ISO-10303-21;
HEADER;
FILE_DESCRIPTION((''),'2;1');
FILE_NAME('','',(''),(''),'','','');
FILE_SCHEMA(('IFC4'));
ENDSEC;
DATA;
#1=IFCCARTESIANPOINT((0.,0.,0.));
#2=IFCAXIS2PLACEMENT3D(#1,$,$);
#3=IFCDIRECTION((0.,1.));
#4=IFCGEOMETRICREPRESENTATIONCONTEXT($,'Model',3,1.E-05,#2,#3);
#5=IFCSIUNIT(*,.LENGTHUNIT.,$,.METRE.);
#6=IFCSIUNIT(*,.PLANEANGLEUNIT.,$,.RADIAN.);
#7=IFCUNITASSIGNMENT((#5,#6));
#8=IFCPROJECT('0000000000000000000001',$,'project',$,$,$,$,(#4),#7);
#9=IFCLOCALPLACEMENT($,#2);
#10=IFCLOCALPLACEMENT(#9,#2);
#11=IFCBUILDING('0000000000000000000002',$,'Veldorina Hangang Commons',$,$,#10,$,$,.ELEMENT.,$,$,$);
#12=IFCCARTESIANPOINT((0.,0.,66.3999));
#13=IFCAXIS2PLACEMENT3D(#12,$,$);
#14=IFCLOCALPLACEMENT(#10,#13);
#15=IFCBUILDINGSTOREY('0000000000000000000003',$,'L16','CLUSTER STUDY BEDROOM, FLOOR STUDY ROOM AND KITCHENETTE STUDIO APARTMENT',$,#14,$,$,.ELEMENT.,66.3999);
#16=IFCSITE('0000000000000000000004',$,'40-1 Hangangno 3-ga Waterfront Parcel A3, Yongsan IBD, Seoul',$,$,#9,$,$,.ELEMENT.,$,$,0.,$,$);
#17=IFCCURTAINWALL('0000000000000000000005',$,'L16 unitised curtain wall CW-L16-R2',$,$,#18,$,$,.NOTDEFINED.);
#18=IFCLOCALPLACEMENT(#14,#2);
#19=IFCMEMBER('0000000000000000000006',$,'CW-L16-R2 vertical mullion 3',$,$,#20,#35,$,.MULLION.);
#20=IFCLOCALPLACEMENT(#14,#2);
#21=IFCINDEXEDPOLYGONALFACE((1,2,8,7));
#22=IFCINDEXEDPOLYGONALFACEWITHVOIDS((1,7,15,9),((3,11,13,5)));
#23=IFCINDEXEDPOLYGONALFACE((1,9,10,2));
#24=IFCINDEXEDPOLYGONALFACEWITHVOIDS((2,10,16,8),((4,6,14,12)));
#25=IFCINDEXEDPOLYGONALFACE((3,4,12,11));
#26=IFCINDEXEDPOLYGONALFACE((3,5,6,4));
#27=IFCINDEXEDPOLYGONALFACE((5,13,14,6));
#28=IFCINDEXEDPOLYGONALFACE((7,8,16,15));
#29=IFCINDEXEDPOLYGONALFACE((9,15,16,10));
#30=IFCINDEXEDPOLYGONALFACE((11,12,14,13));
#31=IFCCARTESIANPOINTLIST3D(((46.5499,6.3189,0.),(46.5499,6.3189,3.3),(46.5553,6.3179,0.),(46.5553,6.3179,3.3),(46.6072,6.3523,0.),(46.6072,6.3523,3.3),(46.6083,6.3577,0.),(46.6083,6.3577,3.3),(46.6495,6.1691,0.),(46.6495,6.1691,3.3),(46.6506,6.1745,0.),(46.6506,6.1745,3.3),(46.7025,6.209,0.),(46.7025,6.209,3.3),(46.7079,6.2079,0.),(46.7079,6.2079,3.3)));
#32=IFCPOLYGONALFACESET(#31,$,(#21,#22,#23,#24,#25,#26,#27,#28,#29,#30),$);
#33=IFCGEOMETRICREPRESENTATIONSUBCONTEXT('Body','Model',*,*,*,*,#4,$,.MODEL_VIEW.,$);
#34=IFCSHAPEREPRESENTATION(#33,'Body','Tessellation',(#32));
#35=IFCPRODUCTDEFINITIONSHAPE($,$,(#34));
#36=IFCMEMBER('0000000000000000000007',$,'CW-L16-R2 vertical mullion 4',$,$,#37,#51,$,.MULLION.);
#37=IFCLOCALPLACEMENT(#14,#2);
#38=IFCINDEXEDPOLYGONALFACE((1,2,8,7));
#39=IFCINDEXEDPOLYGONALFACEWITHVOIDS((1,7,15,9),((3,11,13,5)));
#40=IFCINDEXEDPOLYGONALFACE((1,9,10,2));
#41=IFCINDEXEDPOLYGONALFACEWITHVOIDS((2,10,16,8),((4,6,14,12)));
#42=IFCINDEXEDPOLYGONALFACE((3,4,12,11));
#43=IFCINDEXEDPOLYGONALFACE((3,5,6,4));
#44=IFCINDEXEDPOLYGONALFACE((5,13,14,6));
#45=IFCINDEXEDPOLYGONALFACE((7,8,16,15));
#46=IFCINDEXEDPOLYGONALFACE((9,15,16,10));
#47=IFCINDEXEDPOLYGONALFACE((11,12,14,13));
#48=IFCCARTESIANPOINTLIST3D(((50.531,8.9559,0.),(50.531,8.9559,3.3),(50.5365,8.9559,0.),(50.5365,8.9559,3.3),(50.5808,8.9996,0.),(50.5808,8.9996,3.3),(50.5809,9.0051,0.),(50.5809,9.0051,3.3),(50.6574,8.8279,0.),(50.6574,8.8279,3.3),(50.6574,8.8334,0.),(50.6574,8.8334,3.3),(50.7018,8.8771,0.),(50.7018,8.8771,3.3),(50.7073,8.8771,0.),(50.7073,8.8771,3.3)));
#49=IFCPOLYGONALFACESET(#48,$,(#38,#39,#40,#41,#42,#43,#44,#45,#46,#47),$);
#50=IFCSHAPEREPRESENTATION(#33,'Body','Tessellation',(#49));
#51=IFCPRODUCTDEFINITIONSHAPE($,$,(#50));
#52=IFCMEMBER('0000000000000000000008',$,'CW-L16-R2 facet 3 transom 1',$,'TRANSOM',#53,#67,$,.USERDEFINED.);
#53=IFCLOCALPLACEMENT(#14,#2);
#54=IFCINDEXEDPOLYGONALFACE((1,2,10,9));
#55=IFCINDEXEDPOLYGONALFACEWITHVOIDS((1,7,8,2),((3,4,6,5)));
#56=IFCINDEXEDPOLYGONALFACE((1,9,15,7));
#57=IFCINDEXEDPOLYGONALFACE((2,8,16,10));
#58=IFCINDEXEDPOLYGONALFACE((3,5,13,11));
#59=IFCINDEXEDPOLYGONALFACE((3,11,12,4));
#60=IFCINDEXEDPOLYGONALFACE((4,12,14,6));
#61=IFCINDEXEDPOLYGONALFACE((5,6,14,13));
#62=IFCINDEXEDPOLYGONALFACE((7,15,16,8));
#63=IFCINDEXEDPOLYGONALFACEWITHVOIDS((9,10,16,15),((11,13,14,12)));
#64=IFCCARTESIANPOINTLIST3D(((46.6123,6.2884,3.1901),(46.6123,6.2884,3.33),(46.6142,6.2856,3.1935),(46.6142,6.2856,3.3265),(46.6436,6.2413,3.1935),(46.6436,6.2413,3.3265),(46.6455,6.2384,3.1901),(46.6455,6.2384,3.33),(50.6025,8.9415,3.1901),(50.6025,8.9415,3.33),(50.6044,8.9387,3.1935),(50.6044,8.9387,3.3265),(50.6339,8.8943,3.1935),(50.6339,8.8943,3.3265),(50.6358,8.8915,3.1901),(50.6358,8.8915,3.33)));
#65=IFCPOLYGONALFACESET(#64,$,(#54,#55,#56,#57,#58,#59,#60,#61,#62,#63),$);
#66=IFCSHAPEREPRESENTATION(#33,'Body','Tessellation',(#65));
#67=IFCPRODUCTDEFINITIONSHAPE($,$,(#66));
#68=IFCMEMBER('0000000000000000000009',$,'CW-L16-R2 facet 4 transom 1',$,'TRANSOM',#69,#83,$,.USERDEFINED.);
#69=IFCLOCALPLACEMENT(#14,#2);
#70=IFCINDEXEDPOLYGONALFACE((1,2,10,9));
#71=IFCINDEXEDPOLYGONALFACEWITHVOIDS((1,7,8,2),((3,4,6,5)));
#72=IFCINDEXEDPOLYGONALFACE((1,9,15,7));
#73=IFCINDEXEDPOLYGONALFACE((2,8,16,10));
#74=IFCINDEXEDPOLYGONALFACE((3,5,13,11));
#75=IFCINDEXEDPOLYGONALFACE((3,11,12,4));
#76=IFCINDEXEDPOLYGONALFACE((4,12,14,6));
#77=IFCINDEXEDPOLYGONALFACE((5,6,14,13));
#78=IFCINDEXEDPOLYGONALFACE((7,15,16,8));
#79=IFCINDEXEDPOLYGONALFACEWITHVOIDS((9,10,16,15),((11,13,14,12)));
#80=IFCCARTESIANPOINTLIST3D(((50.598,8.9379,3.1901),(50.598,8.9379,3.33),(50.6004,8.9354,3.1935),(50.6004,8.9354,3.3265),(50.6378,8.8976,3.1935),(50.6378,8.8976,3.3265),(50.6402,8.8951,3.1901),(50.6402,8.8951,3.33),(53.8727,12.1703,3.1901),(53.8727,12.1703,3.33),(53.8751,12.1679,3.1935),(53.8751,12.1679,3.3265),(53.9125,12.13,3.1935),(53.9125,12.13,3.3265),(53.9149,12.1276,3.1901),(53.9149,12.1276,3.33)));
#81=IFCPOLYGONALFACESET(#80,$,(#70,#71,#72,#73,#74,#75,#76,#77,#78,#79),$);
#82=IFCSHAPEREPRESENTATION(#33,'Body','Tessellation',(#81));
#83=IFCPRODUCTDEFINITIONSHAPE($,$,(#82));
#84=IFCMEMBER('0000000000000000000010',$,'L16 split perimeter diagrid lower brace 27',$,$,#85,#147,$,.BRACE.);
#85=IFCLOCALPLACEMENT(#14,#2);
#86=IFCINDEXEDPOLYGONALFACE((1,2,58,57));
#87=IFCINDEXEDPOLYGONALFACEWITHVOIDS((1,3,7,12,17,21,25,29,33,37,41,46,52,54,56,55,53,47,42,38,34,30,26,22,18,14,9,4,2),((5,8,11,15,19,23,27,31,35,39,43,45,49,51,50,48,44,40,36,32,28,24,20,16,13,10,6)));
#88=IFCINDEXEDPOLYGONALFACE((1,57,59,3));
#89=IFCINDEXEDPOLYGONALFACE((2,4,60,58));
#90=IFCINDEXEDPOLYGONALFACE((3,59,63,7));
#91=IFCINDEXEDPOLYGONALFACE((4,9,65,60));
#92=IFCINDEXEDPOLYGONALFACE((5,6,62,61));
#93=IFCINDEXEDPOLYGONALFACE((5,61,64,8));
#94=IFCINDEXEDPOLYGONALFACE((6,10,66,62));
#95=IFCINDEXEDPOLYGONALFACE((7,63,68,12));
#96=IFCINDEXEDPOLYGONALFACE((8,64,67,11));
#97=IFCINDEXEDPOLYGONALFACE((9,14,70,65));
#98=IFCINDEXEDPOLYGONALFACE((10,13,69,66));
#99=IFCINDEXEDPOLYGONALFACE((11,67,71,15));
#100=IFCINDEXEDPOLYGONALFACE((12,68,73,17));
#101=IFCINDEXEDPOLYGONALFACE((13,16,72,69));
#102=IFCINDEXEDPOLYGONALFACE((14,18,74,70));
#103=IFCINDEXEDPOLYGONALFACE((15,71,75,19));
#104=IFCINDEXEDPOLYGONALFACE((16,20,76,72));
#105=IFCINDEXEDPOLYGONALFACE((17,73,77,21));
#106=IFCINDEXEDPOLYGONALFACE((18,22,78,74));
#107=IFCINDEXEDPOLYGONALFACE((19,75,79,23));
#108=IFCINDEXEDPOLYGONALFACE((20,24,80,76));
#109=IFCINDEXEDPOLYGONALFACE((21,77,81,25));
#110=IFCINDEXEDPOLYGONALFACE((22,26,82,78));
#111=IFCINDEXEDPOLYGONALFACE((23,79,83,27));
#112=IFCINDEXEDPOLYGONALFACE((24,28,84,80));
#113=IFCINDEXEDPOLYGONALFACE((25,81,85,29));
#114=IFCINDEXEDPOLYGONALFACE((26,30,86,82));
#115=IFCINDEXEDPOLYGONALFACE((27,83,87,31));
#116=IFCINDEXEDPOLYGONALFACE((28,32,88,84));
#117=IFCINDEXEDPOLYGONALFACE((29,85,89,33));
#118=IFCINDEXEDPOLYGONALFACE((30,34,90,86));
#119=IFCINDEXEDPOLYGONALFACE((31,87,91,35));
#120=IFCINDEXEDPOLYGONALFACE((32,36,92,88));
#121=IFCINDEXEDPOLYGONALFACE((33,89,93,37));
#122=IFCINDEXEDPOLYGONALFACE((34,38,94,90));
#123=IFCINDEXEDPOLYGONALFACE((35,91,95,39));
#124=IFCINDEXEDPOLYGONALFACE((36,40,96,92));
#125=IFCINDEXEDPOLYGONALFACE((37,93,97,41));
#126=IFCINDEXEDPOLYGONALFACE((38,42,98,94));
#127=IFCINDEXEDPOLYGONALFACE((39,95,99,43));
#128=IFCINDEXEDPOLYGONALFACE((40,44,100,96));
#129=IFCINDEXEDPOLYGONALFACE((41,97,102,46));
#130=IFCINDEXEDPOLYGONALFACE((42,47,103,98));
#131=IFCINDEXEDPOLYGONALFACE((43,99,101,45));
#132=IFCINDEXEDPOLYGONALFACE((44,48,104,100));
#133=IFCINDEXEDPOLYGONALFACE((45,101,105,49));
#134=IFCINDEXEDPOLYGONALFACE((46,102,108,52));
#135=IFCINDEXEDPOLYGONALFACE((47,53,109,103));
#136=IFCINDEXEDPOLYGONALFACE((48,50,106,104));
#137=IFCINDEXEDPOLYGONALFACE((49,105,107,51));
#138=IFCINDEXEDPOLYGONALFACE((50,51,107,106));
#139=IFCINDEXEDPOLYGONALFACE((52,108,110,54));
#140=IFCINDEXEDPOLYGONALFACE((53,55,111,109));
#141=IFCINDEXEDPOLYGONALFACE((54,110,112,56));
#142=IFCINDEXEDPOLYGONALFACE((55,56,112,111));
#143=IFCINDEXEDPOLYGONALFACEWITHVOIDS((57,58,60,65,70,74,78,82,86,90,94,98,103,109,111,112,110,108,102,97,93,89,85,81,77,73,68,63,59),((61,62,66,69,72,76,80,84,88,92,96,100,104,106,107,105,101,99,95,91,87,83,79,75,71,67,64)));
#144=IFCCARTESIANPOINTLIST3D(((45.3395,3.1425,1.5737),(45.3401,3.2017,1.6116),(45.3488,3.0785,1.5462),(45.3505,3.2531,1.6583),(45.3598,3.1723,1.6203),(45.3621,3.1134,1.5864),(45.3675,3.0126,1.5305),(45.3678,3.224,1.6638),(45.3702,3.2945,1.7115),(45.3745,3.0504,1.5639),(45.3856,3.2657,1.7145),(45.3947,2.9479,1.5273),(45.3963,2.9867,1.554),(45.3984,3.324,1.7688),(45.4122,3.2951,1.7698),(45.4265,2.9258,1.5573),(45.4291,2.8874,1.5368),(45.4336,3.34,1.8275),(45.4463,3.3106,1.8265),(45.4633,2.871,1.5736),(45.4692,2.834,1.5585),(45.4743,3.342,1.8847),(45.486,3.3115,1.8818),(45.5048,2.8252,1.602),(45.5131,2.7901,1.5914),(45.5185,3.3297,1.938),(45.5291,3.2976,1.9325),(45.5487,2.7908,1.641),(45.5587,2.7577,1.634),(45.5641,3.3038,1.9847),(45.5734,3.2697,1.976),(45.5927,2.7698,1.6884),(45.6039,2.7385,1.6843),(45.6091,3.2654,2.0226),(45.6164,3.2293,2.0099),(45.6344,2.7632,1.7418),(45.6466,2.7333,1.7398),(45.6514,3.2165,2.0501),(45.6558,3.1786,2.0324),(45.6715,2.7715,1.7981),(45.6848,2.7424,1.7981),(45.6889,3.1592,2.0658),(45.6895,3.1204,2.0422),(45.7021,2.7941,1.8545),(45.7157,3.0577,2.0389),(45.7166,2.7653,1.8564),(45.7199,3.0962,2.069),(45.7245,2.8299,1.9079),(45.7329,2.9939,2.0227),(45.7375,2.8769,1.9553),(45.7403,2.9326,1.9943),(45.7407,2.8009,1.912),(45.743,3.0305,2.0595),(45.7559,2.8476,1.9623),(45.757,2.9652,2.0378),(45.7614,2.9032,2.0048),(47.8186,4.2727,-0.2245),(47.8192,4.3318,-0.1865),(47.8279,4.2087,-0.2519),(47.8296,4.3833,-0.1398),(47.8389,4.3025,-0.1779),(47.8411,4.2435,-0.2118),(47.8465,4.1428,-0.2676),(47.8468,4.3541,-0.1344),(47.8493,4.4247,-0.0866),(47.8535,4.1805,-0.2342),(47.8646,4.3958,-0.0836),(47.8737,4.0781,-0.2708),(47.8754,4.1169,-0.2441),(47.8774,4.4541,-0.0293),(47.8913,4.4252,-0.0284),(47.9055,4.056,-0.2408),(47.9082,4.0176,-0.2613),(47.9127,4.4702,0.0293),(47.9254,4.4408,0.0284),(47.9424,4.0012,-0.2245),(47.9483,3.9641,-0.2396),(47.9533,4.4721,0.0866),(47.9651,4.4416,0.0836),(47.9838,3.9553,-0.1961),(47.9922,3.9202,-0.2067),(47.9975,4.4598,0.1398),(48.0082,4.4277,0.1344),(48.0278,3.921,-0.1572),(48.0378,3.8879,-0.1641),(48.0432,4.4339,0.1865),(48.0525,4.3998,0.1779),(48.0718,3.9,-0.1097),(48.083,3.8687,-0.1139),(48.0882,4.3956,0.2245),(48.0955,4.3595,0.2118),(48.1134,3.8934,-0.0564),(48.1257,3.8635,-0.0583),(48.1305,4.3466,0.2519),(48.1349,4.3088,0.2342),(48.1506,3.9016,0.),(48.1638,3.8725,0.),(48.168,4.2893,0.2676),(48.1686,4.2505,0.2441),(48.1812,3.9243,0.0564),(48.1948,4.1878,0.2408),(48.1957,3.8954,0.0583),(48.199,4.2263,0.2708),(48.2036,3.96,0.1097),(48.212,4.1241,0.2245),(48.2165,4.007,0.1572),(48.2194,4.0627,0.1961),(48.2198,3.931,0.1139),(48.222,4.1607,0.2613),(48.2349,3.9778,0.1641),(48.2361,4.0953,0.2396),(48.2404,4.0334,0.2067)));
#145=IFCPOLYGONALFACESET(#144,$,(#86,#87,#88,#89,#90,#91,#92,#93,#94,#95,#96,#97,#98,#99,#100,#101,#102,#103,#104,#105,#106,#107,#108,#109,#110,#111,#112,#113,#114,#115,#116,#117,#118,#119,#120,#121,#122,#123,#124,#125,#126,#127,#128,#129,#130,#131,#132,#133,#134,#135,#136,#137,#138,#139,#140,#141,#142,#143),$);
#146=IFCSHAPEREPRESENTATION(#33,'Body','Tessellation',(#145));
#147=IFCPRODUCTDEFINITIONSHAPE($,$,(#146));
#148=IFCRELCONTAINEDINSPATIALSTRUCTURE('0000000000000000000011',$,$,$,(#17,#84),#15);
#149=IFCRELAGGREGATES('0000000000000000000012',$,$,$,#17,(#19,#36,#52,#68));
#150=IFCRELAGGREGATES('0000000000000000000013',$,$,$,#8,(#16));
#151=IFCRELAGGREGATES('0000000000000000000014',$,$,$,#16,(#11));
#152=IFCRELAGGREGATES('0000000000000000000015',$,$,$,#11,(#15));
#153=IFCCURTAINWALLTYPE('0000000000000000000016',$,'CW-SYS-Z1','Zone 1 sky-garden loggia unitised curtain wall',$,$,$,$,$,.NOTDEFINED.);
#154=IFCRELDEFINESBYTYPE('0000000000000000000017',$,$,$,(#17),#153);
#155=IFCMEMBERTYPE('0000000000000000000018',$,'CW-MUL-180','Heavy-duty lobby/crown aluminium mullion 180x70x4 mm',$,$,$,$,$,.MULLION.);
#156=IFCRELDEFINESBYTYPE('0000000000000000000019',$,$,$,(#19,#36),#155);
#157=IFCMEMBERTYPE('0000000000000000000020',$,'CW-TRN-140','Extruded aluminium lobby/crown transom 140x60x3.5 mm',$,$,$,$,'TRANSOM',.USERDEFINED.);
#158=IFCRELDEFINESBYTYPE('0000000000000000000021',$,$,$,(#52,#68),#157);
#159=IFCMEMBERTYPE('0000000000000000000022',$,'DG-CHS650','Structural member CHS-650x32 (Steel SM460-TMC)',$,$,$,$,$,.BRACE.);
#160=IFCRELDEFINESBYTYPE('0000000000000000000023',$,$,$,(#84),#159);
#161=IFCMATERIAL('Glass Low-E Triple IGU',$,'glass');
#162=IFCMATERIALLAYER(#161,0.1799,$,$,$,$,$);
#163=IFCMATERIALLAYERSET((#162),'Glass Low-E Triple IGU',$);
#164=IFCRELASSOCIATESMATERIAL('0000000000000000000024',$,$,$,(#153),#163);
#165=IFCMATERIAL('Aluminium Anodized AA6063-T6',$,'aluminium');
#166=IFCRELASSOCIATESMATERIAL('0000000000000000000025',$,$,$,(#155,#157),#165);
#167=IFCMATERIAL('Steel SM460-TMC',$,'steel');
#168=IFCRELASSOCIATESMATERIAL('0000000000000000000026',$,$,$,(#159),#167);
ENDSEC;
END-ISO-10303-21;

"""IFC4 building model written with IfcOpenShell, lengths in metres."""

from ifc_helpers import new_model, si_unit, direction, frame, origin, origin_2d, place, context, subcontext, project, spatial, hollow_rectangle, hollow_circle, extrude, material, layer, layer_set, material_profile, profile_set, type_object, element, aggregate, save


model = new_model("IFC4")

# Units and contexts
model_context = context("Model", 3, precision=1e-05, world=origin(), true_north=direction((0.0, 1.0)))
body_context = subcontext(model_context, "Body", "Model", "MODEL_VIEW")
ifc_project = project(units=[si_unit("LENGTHUNIT", "METRE"), si_unit("PLANEANGLEUNIT", "RADIAN")], contexts=[model_context])

# Site, building, storey
site_placement = place(None, origin())
site = spatial("IfcSite", under=ifc_project, at=site_placement, Name="40-1 Hangangno 3-ga Waterfront Parcel A3, Yongsan IBD, Seoul", CompositionType="ELEMENT", RefElevation=0.0)
building_placement = place(site_placement, origin())
building = spatial("IfcBuilding", under=site, at=building_placement, Name="Veldorina Hangang Commons", CompositionType="ELEMENT")
storey_placement = place(building_placement, frame((0.0, 0.0, 66.3999)))
storey = spatial("IfcBuildingStorey", under=building, at=storey_placement, Name="L16", Description="CLUSTER STUDY BEDROOM, FLOOR STUDY ROOM AND KITCHENETTE STUDIO APARTMENT", CompositionType="ELEMENT", Elevation=66.3999)

# Curtain wall, members
ifc_material_1 = material(Name="Glass Low-E Triple IGU", Category="glass")
ifc_layer_1 = layer(ifc_material_1, 0.1799)
ifc_layer_set_1 = layer_set([ifc_layer_1], Name="Glass Low-E Triple IGU")
curtain_wall_type = type_object("IfcCurtainWallType", Name="CW-SYS-Z1", Description="Zone 1 sky-garden loggia unitised curtain wall", PredefinedType="NOTDEFINED", material=ifc_layer_set_1)
curtain_wall_placement = place(storey_placement, origin())
curtain_wall = element("IfcCurtainWall", 1, at=curtain_wall_placement, inside=storey, type_object=curtain_wall_type, Name="L16 unitised curtain wall CW-L16-R2", PredefinedType="NOTDEFINED")
ifc_material_2 = material(Name="Aluminium Anodized AA6063-T6", Category="aluminium")
ifc_material_profile_1 = material_profile(ifc_material_2, hollow_rectangle(XDim=0.0701, YDim=0.1799, WallThickness=0.0039, at=origin_2d()), Name="ALU-RHS-180x70x4")
ifc_profile_set_1 = profile_set([ifc_material_profile_1], Name="Aluminium Anodized AA6063-T6")
member_type_1 = type_object("IfcMemberType", Name="CW-MUL-180", Description="Heavy-duty lobby/crown aluminium mullion 180x70x4 mm", PredefinedType="MULLION", material=ifc_profile_set_1)
member_1_placement = place(storey_placement, frame((46.6289, 6.2634, 0.0), z_axis=(0.0, 0.0, 1.0), x_axis=(0.832747, 0.553653, 0.0)))
member_1 = element("IfcMember", 2, at=member_1_placement, type_object=member_type_1, Name="CW-L16-R2 vertical mullion 3", PredefinedType="MULLION", context=body_context, shape_type="SweptSolid", body=[
    extrude(hollow_rectangle(XDim=0.0701, YDim=0.1799, WallThickness=0.0039, at=origin_2d()), origin(), (0.0, 0.0, 1.0), 3.3),
])
member_2_placement = place(storey_placement, frame((50.6191, 8.9165, 0.0), z_axis=(0.0, 0.0, 1.0), x_axis=(0.711671, 0.702513, 0.0)))
member_2 = element("IfcMember", 3, at=member_2_placement, type_object=member_type_1, Name="CW-L16-R2 vertical mullion 4", PredefinedType="MULLION", context=body_context, shape_type="SweptSolid", body=[
    extrude(hollow_rectangle(XDim=0.0701, YDim=0.1799, WallThickness=0.0039, at=origin_2d()), origin(), (0.0, 0.0, 1.0), 3.3),
])
ifc_material_profile_2 = material_profile(ifc_material_2, hollow_rectangle(XDim=0.0601, YDim=0.1399, WallThickness=0.0034, at=origin_2d()), Name="ALU-RHS-140x60x3.5")
ifc_profile_set_2 = profile_set([ifc_material_profile_2], Name="Aluminium Anodized AA6063-T6")
member_type_2 = type_object("IfcMemberType", Name="CW-TRN-140", Description="Extruded aluminium lobby/crown transom 140x60x3.5 mm", ElementType="TRANSOM", PredefinedType="USERDEFINED", material=ifc_profile_set_2)
member_3_placement = place(storey_placement, frame((46.6289, 6.2634, 3.26), z_axis=(0.832732, 0.553677, 0.0), x_axis=(-0.553677, 0.832732, 0.0)))
member_3 = element("IfcMember", 4, at=member_3_placement, type_object=member_type_2, Name="CW-L16-R2 facet 3 transom 1", ObjectType="TRANSOM", PredefinedType="USERDEFINED", context=body_context, shape_type="SweptSolid", body=[
    extrude(hollow_rectangle(XDim=0.0601, YDim=0.1399, WallThickness=0.0034, at=origin_2d()), origin(), (0.0, 0.0, 1.0), 4.7917),
])
member_4_placement = place(storey_placement, frame((50.6191, 8.9165, 3.26), z_axis=(0.711681, 0.702502, 0.0), x_axis=(-0.702502, 0.711681, 0.0)))
member_4 = element("IfcMember", 5, at=member_4_placement, type_object=member_type_2, Name="CW-L16-R2 facet 4 transom 1", ObjectType="TRANSOM", PredefinedType="USERDEFINED", context=body_context, shape_type="SweptSolid", body=[
    extrude(hollow_rectangle(XDim=0.0601, YDim=0.1399, WallThickness=0.0034, at=origin_2d()), origin(), (0.0, 0.0, 1.0), 4.6013),
])

# Member
ifc_material_3 = material(Name="Steel SM460-TMC", Category="steel")
ifc_material_profile_3 = material_profile(ifc_material_3, hollow_circle(Radius=0.325, WallThickness=0.032, at=origin_2d()), Name="CHS-650x32")
ifc_profile_set_3 = profile_set([ifc_material_profile_3], Name="Steel SM460-TMC")
member_type_3 = type_object("IfcMemberType", Name="DG-CHS650", Description="Structural member CHS-650x32 (Steel SM460-TMC)", PredefinedType="BRACE", material=ifc_profile_set_3)
member_5_placement = place(storey_placement, frame((48.0291, 4.1682, 0.0), z_axis=(-0.759424, -0.346206, 0.550833), x_axis=(0.414809, -0.909909, 0.0)))
element("IfcMember", 6, at=member_5_placement, inside=storey, type_object=member_type_3, Name="L16 split perimeter diagrid lower brace 27", PredefinedType="BRACE", context=body_context, shape_type="SweptSolid", body=[
    extrude(hollow_circle(Radius=0.325, WallThickness=0.032, at=origin_2d()), origin(), (0.0, 0.0, 1.0), 3.2644),
])

aggregate(curtain_wall, [member_1, member_2, member_3, member_4])

save(model, "model.ifc")
